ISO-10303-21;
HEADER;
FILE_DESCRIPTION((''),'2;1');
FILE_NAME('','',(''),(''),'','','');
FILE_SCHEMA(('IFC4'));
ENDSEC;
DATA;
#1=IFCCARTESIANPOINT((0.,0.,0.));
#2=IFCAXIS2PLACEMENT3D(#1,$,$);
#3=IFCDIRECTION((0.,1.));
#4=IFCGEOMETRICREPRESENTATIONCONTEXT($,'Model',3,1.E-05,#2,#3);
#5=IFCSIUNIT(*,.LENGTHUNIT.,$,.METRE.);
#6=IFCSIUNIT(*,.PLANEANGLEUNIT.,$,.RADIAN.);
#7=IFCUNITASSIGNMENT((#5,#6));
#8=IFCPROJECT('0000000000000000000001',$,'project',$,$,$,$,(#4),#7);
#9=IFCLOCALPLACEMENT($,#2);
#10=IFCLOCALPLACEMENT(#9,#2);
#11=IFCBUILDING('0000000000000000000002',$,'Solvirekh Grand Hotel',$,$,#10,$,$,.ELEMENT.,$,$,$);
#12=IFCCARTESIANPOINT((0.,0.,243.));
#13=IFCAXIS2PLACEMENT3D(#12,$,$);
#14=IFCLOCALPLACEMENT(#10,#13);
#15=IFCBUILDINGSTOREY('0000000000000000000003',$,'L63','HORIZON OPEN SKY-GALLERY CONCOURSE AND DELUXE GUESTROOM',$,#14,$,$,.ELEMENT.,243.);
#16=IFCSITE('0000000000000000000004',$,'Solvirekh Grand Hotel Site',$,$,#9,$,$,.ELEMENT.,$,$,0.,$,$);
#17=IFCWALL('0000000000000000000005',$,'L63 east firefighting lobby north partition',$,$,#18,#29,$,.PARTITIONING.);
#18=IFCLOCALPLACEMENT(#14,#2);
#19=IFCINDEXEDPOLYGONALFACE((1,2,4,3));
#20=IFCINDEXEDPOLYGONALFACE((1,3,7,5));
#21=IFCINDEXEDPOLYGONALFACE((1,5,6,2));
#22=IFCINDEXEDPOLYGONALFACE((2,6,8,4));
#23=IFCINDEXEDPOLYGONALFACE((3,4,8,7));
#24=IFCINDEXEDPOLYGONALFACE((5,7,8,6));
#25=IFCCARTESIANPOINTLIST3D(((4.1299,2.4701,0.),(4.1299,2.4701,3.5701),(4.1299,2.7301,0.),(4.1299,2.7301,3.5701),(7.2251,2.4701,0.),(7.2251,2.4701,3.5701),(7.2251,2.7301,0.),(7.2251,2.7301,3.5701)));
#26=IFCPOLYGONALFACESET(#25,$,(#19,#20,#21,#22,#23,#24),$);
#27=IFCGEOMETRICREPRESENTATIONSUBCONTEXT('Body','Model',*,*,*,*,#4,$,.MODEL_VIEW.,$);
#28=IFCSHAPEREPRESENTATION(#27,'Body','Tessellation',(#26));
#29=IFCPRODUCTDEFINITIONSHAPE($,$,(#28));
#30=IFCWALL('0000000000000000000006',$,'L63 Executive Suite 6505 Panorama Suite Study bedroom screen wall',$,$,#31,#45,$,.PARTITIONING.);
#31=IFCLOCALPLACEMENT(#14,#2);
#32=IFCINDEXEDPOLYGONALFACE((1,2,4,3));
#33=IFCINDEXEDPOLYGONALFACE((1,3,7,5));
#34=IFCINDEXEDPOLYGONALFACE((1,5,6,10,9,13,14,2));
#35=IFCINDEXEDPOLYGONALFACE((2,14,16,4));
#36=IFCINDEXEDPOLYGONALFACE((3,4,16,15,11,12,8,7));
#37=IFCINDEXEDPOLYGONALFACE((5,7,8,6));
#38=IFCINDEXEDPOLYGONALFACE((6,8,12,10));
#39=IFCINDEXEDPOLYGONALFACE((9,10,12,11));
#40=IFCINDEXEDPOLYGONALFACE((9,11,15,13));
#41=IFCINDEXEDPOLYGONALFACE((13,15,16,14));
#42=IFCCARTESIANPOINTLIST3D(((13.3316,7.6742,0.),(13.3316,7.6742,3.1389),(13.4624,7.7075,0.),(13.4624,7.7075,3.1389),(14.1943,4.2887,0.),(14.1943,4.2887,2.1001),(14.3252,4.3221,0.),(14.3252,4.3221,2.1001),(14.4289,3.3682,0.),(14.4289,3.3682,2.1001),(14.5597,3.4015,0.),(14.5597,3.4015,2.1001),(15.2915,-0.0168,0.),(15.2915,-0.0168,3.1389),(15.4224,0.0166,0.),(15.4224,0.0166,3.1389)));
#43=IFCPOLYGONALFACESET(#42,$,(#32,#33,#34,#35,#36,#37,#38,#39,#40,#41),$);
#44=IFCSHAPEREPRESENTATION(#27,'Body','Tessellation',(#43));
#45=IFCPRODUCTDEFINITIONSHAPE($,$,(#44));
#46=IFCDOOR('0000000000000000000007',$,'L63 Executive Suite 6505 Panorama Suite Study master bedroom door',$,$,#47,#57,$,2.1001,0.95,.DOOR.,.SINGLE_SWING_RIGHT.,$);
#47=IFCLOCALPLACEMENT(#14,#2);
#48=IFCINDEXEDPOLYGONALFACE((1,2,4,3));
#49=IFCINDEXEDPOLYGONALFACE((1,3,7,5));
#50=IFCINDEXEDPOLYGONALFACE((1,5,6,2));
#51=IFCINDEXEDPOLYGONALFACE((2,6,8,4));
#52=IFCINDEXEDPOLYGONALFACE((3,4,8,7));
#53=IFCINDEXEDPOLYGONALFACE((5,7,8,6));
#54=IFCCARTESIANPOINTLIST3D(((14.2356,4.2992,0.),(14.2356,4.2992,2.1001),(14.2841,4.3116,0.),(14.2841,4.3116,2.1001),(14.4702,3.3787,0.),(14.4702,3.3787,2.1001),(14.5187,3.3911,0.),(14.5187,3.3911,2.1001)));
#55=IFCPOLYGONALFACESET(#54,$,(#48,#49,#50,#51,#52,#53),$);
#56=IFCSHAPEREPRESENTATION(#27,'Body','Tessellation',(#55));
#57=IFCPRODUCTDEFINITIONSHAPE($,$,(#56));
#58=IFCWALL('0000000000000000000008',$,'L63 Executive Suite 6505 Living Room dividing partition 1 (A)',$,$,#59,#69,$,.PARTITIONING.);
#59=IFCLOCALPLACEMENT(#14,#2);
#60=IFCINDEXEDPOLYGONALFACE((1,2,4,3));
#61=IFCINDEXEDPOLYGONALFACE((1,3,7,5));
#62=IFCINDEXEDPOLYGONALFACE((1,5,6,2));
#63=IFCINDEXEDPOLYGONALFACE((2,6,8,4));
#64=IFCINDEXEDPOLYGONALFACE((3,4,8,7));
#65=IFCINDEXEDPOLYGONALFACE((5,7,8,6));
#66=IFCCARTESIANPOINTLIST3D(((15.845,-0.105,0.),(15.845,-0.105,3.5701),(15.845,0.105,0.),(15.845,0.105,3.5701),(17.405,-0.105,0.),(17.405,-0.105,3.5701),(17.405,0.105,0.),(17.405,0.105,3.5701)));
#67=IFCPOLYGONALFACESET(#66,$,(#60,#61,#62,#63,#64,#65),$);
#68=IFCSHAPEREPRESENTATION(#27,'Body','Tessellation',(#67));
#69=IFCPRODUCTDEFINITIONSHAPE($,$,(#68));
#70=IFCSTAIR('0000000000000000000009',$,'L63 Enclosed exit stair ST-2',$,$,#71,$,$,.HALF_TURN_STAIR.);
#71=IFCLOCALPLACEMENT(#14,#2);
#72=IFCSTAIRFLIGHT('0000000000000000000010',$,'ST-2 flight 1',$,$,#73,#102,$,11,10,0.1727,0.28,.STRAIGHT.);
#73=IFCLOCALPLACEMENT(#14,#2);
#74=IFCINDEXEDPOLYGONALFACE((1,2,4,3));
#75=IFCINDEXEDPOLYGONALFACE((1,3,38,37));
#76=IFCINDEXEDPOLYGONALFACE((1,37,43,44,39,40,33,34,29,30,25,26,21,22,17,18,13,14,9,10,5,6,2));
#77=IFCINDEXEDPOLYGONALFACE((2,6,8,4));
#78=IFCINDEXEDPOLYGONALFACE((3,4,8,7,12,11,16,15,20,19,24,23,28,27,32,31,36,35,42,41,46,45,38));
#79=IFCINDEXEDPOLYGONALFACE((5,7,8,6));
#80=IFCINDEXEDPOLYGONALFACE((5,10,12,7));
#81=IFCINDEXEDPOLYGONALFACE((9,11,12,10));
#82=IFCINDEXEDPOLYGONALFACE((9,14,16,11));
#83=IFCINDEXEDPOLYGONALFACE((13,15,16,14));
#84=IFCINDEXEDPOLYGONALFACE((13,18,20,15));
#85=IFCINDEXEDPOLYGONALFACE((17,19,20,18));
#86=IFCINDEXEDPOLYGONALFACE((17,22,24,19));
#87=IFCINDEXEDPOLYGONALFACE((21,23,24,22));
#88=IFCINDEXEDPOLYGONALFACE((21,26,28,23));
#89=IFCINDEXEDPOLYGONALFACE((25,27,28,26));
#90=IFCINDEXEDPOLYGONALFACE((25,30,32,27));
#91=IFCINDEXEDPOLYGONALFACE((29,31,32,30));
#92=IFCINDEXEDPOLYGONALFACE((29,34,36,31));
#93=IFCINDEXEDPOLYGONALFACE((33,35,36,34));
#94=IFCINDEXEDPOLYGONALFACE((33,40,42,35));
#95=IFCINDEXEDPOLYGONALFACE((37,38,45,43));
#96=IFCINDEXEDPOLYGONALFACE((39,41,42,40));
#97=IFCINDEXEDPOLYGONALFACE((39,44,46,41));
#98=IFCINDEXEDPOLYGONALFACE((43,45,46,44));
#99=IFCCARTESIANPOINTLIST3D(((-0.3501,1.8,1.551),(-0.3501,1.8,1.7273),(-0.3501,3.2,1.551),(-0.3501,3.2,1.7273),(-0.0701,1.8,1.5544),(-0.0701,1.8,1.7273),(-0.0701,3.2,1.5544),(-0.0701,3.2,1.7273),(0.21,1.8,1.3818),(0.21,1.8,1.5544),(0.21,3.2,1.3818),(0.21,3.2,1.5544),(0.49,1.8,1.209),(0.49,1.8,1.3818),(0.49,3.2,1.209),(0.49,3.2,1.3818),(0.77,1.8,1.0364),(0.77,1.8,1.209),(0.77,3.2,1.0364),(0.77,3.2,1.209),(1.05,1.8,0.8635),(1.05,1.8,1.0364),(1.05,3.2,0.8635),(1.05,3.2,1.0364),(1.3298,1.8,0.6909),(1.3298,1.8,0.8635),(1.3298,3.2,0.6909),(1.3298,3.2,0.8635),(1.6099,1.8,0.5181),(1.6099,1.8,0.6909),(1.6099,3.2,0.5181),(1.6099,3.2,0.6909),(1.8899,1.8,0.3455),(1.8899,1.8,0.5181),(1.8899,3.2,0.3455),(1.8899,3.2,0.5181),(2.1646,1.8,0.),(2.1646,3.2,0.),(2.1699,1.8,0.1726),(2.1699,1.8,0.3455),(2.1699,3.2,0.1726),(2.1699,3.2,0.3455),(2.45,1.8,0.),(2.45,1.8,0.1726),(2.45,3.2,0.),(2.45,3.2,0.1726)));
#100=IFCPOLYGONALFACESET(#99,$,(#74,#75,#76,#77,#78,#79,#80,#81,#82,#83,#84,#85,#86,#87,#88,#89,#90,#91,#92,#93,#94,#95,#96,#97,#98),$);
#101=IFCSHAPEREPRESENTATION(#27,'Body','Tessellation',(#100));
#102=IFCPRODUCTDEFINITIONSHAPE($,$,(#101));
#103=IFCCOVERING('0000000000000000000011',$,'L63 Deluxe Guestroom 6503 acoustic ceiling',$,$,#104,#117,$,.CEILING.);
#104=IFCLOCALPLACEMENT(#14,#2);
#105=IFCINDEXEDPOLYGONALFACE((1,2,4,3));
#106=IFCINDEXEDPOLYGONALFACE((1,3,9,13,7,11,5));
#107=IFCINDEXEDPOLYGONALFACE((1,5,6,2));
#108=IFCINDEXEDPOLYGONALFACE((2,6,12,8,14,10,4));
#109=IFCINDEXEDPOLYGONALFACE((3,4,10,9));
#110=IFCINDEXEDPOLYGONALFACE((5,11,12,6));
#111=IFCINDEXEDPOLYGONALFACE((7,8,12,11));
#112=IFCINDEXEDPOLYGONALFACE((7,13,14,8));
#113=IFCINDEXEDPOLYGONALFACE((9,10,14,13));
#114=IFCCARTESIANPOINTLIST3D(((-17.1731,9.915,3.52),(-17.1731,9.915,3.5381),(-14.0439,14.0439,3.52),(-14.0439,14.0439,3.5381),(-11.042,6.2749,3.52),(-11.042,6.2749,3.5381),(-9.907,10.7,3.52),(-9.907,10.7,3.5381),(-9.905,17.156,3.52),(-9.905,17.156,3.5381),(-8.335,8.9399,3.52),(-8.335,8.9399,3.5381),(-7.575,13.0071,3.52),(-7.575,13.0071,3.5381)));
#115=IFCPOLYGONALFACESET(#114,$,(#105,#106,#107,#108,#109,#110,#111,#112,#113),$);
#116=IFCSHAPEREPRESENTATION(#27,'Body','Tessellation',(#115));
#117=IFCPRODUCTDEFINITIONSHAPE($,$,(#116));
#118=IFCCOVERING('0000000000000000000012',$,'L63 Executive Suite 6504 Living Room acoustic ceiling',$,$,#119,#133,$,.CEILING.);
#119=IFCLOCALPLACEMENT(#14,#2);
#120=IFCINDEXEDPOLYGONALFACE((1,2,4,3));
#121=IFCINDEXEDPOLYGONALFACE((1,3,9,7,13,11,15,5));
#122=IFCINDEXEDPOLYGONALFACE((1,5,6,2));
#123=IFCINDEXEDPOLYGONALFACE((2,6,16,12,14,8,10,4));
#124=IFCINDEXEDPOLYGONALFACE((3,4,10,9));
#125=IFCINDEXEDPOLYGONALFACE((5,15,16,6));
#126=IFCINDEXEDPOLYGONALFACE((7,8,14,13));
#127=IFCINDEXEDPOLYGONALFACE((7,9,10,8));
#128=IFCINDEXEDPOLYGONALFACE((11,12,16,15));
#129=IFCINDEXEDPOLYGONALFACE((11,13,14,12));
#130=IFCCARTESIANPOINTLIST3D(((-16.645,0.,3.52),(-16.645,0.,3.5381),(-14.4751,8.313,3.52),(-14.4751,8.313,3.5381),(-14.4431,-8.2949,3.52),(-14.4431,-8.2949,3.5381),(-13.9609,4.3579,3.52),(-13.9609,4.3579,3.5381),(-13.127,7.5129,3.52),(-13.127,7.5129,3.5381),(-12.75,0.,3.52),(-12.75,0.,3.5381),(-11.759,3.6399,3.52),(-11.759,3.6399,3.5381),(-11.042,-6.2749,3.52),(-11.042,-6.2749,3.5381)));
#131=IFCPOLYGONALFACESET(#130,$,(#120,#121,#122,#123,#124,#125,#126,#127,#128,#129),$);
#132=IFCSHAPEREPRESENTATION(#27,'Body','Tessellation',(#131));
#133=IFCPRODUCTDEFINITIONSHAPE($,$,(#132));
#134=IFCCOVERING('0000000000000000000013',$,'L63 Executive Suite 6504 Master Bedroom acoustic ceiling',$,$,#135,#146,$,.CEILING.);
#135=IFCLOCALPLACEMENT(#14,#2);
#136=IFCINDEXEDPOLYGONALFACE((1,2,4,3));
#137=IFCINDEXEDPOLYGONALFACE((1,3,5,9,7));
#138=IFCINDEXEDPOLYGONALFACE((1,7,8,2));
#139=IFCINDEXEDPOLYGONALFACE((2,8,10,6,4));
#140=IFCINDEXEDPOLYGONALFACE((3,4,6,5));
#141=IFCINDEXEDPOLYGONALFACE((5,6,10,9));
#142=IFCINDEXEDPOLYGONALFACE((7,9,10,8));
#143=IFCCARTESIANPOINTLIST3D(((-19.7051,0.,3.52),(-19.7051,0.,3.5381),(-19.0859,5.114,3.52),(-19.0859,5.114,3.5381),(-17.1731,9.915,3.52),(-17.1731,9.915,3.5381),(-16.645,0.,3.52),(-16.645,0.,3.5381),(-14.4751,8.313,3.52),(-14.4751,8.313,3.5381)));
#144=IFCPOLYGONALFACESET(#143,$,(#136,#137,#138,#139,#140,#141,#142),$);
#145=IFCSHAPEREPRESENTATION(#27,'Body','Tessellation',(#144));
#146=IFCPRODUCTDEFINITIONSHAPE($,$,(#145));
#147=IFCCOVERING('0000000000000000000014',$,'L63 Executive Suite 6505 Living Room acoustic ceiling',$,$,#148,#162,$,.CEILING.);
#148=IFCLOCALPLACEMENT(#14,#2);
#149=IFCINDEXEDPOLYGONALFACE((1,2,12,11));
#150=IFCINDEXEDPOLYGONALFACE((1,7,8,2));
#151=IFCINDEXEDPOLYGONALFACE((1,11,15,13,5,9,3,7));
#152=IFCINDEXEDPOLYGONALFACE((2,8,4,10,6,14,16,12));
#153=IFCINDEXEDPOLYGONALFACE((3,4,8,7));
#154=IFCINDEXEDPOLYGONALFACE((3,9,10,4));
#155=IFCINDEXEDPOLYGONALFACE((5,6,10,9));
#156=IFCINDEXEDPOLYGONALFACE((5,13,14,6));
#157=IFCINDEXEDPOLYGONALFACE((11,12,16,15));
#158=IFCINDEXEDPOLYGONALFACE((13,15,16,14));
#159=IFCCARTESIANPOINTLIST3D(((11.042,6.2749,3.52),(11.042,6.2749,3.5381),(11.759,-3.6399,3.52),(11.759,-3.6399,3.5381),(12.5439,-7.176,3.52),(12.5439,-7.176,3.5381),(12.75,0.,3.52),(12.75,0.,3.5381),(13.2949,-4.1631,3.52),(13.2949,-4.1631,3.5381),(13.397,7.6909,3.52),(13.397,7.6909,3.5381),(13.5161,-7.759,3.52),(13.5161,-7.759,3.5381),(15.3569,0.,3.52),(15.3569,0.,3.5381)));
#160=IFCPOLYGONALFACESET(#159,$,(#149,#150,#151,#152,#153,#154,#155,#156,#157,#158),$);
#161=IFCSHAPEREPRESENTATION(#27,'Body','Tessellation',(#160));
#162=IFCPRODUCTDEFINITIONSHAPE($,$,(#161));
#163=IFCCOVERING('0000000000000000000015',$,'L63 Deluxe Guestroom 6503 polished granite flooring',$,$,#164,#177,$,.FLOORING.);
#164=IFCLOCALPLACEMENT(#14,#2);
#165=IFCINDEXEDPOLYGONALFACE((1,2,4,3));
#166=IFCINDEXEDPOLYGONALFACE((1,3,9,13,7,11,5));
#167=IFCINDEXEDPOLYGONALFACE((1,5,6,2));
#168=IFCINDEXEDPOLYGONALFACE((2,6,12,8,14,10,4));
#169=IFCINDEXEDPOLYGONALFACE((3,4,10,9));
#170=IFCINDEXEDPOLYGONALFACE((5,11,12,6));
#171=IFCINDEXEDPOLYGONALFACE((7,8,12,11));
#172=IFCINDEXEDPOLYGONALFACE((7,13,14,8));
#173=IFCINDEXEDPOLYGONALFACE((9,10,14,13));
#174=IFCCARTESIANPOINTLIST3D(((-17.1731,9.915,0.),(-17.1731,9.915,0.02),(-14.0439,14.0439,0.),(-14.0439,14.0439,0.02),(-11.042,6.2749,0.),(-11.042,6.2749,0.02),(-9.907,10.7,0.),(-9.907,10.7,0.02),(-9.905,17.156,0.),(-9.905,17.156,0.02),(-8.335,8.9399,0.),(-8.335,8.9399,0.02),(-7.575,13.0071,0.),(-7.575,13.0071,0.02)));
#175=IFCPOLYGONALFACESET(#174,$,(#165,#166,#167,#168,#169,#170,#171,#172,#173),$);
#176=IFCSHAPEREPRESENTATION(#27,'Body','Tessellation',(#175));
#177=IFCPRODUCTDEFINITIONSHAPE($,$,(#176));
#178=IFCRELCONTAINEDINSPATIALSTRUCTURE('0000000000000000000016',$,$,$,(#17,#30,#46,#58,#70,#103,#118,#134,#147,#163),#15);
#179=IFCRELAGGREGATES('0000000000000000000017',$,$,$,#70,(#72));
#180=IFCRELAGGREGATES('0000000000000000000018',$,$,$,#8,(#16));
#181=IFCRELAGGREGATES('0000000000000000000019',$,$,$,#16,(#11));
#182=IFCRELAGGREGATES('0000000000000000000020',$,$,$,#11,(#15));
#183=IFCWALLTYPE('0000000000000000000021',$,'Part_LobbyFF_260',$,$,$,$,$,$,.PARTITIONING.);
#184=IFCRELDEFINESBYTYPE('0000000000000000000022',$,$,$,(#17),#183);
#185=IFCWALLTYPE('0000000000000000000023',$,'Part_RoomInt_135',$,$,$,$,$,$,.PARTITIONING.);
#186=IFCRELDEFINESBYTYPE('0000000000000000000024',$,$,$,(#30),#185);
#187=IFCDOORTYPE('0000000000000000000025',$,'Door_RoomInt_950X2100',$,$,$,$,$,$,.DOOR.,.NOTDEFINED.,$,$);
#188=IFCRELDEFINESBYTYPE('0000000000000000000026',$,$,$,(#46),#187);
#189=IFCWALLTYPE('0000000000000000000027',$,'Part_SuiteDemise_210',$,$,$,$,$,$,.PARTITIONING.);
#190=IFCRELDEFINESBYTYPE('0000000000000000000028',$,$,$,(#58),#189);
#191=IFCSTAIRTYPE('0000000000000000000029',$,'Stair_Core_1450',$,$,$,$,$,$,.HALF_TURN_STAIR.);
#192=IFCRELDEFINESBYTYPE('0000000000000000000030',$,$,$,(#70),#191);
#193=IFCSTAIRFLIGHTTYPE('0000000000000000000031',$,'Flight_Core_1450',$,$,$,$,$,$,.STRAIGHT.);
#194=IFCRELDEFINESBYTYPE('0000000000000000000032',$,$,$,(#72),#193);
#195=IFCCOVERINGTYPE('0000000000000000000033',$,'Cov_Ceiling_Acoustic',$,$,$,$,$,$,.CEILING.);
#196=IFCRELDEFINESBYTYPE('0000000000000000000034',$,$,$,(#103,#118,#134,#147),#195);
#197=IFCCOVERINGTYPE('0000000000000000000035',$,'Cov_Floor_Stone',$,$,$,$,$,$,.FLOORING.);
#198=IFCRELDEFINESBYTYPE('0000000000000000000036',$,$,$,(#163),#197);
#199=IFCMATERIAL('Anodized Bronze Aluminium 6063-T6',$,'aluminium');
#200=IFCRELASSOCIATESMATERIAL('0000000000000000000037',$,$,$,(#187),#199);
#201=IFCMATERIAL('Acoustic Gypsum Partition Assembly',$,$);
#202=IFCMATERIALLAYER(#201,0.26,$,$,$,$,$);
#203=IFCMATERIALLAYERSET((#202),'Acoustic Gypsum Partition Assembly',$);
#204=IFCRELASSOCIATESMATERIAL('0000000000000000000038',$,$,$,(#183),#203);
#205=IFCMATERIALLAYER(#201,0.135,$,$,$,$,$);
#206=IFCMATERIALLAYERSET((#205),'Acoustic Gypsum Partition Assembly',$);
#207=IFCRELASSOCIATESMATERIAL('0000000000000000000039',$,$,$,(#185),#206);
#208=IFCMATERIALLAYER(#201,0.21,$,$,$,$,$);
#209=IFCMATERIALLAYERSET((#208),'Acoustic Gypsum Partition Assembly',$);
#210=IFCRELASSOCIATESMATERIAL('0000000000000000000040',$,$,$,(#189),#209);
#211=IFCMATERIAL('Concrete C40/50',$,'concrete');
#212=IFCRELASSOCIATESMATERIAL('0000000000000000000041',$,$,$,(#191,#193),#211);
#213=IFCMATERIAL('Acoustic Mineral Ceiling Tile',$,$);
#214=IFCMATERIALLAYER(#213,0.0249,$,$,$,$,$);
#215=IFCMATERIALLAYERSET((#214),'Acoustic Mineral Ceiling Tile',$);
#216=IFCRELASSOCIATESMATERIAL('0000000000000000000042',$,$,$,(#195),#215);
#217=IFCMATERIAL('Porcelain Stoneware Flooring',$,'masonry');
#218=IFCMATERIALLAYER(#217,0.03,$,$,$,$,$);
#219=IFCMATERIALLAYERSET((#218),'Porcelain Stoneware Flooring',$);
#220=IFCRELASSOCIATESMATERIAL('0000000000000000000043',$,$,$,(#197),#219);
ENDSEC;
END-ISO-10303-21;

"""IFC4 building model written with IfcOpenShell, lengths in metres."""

from ifc_helpers import new_model, si_unit, direction, frame, frame_2d, origin, place, context, subcontext, project, spatial, polyline, rectangle, outline, extrude, material, layer, layer_set, type_object, element, fill, aggregate, save


model = new_model("IFC4")

# Units and contexts
model_context = context("Model", 3, precision=1e-05, world=origin(), true_north=direction((0.0, 1.0)))
body_context = subcontext(model_context, "Body", "Model", "MODEL_VIEW")
ifc_project = project(units=[si_unit("LENGTHUNIT", "METRE"), si_unit("PLANEANGLEUNIT", "RADIAN")], contexts=[model_context])

# Site, building, storey
site_placement = place(None, origin())
site = spatial("IfcSite", under=ifc_project, at=site_placement, Name="Solvirekh Grand Hotel Site", CompositionType="ELEMENT", RefElevation=0.0)
building_placement = place(site_placement, origin())
building = spatial("IfcBuilding", under=site, at=building_placement, Name="Solvirekh Grand Hotel", CompositionType="ELEMENT")
storey_placement = place(building_placement, frame((0.0, 0.0, 243.0)))
storey = spatial("IfcBuildingStorey", under=building, at=storey_placement, Name="L63", Description="HORIZON OPEN SKY-GALLERY CONCOURSE AND DELUXE GUESTROOM", CompositionType="ELEMENT", Elevation=243.0)

# Shared definitions
ifc_material_1 = material(Name="Concrete C40/50", Category="concrete")

# Shared definitions
ifc_material_2 = material(Name="Anodized Bronze Aluminium 6063-T6", Category="aluminium")
ifc_material_3 = material(Name="Acoustic Gypsum Partition Assembly")
door_type_1 = type_object("IfcDoorType", Name="Door_RoomInt_950X2100", OperationType="NOTDEFINED", PredefinedType="DOOR", material=ifc_material_2)

# Wall
ifc_layer_1 = layer(ifc_material_3, 0.26)
ifc_layer_set_1 = layer_set([ifc_layer_1], Name="Acoustic Gypsum Partition Assembly")
wall_type_1 = type_object("IfcWallType", Name="Part_LobbyFF_260", PredefinedType="PARTITIONING", material=ifc_layer_set_1)
wall_1_placement = place(storey_placement, frame((4.1299, 2.6001, 0.0), z_axis=(0.0, 0.0, 1.0), x_axis=(1.0, 0.0, 0.0)))
element("IfcWall", 1, at=wall_1_placement, inside=storey, type_object=wall_type_1, Name="L63 east firefighting lobby north partition", PredefinedType="PARTITIONING", context=body_context, shape_type="SweptSolid", body=[
    extrude(rectangle(XDim=3.0952, YDim=0.26, at=frame_2d((1.5476, 0.0))), origin(), (0.0, 0.0, 1.0), 3.5701),
])

# Wall, opening, door
ifc_layer_2 = layer(ifc_material_3, 0.135)
ifc_layer_set_2 = layer_set([ifc_layer_2], Name="Acoustic Gypsum Partition Assembly")
wall_type_2 = type_object("IfcWallType", Name="Part_RoomInt_135", PredefinedType="PARTITIONING", material=ifc_layer_set_2)
wall_2_placement = place(storey_placement, frame((15.3569, 0.0, 0.0), z_axis=(0.0, 0.0, 1.0), x_axis=(-0.246948, 0.969029, 0.0)))
wall_2 = element("IfcWall", 2, at=wall_2_placement, inside=storey, type_object=wall_type_2, Name="L63 Executive Suite 6505 Panorama Suite Study bedroom screen wall", PredefinedType="PARTITIONING", context=body_context, shape_type="SweptSolid", body=[
    extrude(rectangle(XDim=7.9368, YDim=0.135, at=frame_2d((3.9683, 0.0))), origin(), (0.0, 0.0, 1.0), 3.1389),
])
opening_1_placement = place(wall_2_placement, frame((3.4929, 0.0, 0.0)))
opening_1 = element("IfcOpeningElement", 3, at=opening_1_placement, cuts=wall_2, PredefinedType="OPENING", context=body_context, shape_type="SweptSolid", body=[
    extrude(rectangle(XDim=0.95, YDim=2.1001, at=frame_2d((0.4751, 1.05))), frame((0.0, 0.0776, 0.0), z_axis=(0.0, -1.0, 0.0), x_axis=(1.0, 0.0, 0.0)), (0.0, 0.0, 1.0), 0.155),
])
door_1_placement = place(opening_1_placement, origin())
door_1 = element("IfcDoor", 4, at=door_1_placement, inside=storey, type_object=door_type_1, Name="L63 Executive Suite 6505 Panorama Suite Study master bedroom door", OperationType="SINGLE_SWING_RIGHT", OverallHeight=2.1001, OverallWidth=0.95, PredefinedType="DOOR", context=body_context, shape_type="SweptSolid", body=[
    extrude(rectangle(XDim=0.95, YDim=2.1001, at=frame_2d((0.4751, 1.05))), frame((0.0, 0.0249, 0.0), z_axis=(0.0, -1.0, 0.0), x_axis=(1.0, 0.0, 0.0)), (0.0, 0.0, 1.0), 0.05),
])
fill(opening_1, door_1)

# Wall
ifc_layer_3 = layer(ifc_material_3, 0.21)
ifc_layer_set_3 = layer_set([ifc_layer_3], Name="Acoustic Gypsum Partition Assembly")
wall_type_3 = type_object("IfcWallType", Name="Part_SuiteDemise_210", PredefinedType="PARTITIONING", material=ifc_layer_set_3)
wall_3_placement = place(storey_placement, frame((15.845, 0.0, 0.0), z_axis=(0.0, 0.0, 1.0), x_axis=(1.0, 0.0, 0.0)))
element("IfcWall", 5, at=wall_3_placement, inside=storey, type_object=wall_type_3, Name="L63 Executive Suite 6505 Living Room dividing partition 1 (A)", PredefinedType="PARTITIONING", context=body_context, shape_type="SweptSolid", body=[
    extrude(rectangle(XDim=1.5601, YDim=0.21, at=frame_2d((0.78, 0.0))), origin(), (0.0, 0.0, 1.0), 3.5701),
])

# Stair, stair flight
stair_type = type_object("IfcStairType", Name="Stair_Core_1450", PredefinedType="HALF_TURN_STAIR", material=ifc_material_1)
stair_placement = place(storey_placement, origin())
stair = element("IfcStair", 6, at=stair_placement, inside=storey, type_object=stair_type, Name="L63 Enclosed exit stair ST-2", PredefinedType="HALF_TURN_STAIR")
stair_flight_type = type_object("IfcStairFlightType", Name="Flight_Core_1450", PredefinedType="STRAIGHT", material=ifc_material_1)
stair_flight_placement = place(storey_placement, frame((2.45, 2.5, 0.0), z_axis=(0.0, 0.0, 1.0), x_axis=(-1.0, 0.0, 0.0)))
stair_flight = element("IfcStairFlight", 7, at=stair_flight_placement, type_object=stair_flight_type, Name="ST-2 flight 1", NumberOfRisers=11, NumberOfTreads=10, PredefinedType="STRAIGHT", RiserHeight=0.1727, TreadLength=0.28, context=body_context, shape_type="SweptSolid", body=[
    extrude(outline(polyline([(0.0, 0.0), (0.0, 0.1726), (0.28, 0.1726), (0.28, 0.3455), (0.5601, 0.3455), (0.5601, 0.5181), (0.8401, 0.5181), (0.8401, 0.6909), (1.1201, 0.6909), (1.1201, 0.8635), (1.3999, 0.8635), (1.3999, 1.0364), (1.6799, 1.0364), (1.6799, 1.209), (1.96, 1.209), (1.96, 1.3818), (2.24, 1.3818), (2.24, 1.5544), (2.52, 1.5544), (2.52, 1.7273), (2.8, 1.7273), (2.8, 1.8999), (2.8, 1.551), (0.2854, 0.0), (0.0, 0.0)])), frame((0.0, 0.7, 0.0), z_axis=(0.0, -1.0, 0.0), x_axis=(1.0, 0.0, 0.0)), (0.0, 0.0, 1.0), 1.3999),
])
aggregate(stair, [stair_flight])

# Coverings
ifc_material_4 = material(Name="Acoustic Mineral Ceiling Tile")
ifc_layer_4 = layer(ifc_material_4, 0.0249)
ifc_layer_set_4 = layer_set([ifc_layer_4], Name="Acoustic Mineral Ceiling Tile")
covering_type_1 = type_object("IfcCoveringType", Name="Cov_Ceiling_Acoustic", PredefinedType="CEILING", material=ifc_layer_set_4)
covering_1_placement = place(storey_placement, frame((0.0, 0.0, 3.52)))
element("IfcCovering", 8, at=covering_1_placement, inside=storey, type_object=covering_type_1, Name="L63 Deluxe Guestroom 6503 acoustic ceiling", PredefinedType="CEILING", context=body_context, shape_type="SweptSolid", body=[
    extrude(outline(polyline([(-9.907, 10.7), (-7.575, 13.0071), (-9.905, 17.156), (-14.0439, 14.0439), (-17.1731, 9.915), (-11.042, 6.2749), (-8.335, 8.9399), (-9.907, 10.7)])), origin(), (0.0, 0.0, 1.0), 0.0181),
])
covering_2_placement = place(storey_placement, frame((0.0, 0.0, 3.52)))
element("IfcCovering", 9, at=covering_2_placement, inside=storey, type_object=covering_type_1, Name="L63 Executive Suite 6504 Living Room acoustic ceiling", PredefinedType="CEILING", context=body_context, shape_type="SweptSolid", body=[
    extrude(outline(polyline([(-13.9609, 4.3579), (-13.127, 7.5129), (-14.4751, 8.313), (-16.645, 0.0), (-14.4431, -8.2949), (-11.042, -6.2749), (-12.75, 0.0), (-11.759, 3.6399), (-13.9609, 4.3579)])), origin(), (0.0, 0.0, 1.0), 0.0181),
])
covering_3_placement = place(storey_placement, frame((0.0, 0.0, 3.52)))
element("IfcCovering", 10, at=covering_3_placement, inside=storey, type_object=covering_type_1, Name="L63 Executive Suite 6504 Master Bedroom acoustic ceiling", PredefinedType="CEILING", context=body_context, shape_type="SweptSolid", body=[
    extrude(outline(polyline([(-17.1731, 9.915), (-19.0859, 5.114), (-19.7051, 0.0), (-16.645, 0.0), (-14.4751, 8.313), (-17.1731, 9.915)])), origin(), (0.0, 0.0, 1.0), 0.0181),
])
covering_4_placement = place(storey_placement, frame((0.0, 0.0, 3.52)))
element("IfcCovering", 11, at=covering_4_placement, inside=storey, type_object=covering_type_1, Name="L63 Executive Suite 6505 Living Room acoustic ceiling", PredefinedType="CEILING", context=body_context, shape_type="SweptSolid", body=[
    extrude(outline(polyline([(13.2949, -4.1631), (12.5439, -7.176), (13.5161, -7.759), (15.3569, 0.0), (13.397, 7.6909), (11.042, 6.2749), (12.75, 0.0), (11.759, -3.6399), (13.2949, -4.1631)])), origin(), (0.0, 0.0, 1.0), 0.0181),
])
ifc_material_5 = material(Name="Porcelain Stoneware Flooring", Category="masonry")
ifc_layer_5 = layer(ifc_material_5, 0.03)
ifc_layer_set_5 = layer_set([ifc_layer_5], Name="Porcelain Stoneware Flooring")
covering_type_2 = type_object("IfcCoveringType", Name="Cov_Floor_Stone", PredefinedType="FLOORING", material=ifc_layer_set_5)
covering_5_placement = place(storey_placement, origin())
element("IfcCovering", 12, at=covering_5_placement, inside=storey, type_object=covering_type_2, Name="L63 Deluxe Guestroom 6503 polished granite flooring", PredefinedType="FLOORING", context=body_context, shape_type="SweptSolid", body=[
    extrude(outline(polyline([(-9.907, 10.7), (-7.575, 13.0071), (-9.905, 17.156), (-14.0439, 14.0439), (-17.1731, 9.915), (-11.042, 6.2749), (-8.335, 8.9399), (-9.907, 10.7)])), origin(), (0.0, 0.0, 1.0), 0.02),
])

save(model, "model.ifc")
